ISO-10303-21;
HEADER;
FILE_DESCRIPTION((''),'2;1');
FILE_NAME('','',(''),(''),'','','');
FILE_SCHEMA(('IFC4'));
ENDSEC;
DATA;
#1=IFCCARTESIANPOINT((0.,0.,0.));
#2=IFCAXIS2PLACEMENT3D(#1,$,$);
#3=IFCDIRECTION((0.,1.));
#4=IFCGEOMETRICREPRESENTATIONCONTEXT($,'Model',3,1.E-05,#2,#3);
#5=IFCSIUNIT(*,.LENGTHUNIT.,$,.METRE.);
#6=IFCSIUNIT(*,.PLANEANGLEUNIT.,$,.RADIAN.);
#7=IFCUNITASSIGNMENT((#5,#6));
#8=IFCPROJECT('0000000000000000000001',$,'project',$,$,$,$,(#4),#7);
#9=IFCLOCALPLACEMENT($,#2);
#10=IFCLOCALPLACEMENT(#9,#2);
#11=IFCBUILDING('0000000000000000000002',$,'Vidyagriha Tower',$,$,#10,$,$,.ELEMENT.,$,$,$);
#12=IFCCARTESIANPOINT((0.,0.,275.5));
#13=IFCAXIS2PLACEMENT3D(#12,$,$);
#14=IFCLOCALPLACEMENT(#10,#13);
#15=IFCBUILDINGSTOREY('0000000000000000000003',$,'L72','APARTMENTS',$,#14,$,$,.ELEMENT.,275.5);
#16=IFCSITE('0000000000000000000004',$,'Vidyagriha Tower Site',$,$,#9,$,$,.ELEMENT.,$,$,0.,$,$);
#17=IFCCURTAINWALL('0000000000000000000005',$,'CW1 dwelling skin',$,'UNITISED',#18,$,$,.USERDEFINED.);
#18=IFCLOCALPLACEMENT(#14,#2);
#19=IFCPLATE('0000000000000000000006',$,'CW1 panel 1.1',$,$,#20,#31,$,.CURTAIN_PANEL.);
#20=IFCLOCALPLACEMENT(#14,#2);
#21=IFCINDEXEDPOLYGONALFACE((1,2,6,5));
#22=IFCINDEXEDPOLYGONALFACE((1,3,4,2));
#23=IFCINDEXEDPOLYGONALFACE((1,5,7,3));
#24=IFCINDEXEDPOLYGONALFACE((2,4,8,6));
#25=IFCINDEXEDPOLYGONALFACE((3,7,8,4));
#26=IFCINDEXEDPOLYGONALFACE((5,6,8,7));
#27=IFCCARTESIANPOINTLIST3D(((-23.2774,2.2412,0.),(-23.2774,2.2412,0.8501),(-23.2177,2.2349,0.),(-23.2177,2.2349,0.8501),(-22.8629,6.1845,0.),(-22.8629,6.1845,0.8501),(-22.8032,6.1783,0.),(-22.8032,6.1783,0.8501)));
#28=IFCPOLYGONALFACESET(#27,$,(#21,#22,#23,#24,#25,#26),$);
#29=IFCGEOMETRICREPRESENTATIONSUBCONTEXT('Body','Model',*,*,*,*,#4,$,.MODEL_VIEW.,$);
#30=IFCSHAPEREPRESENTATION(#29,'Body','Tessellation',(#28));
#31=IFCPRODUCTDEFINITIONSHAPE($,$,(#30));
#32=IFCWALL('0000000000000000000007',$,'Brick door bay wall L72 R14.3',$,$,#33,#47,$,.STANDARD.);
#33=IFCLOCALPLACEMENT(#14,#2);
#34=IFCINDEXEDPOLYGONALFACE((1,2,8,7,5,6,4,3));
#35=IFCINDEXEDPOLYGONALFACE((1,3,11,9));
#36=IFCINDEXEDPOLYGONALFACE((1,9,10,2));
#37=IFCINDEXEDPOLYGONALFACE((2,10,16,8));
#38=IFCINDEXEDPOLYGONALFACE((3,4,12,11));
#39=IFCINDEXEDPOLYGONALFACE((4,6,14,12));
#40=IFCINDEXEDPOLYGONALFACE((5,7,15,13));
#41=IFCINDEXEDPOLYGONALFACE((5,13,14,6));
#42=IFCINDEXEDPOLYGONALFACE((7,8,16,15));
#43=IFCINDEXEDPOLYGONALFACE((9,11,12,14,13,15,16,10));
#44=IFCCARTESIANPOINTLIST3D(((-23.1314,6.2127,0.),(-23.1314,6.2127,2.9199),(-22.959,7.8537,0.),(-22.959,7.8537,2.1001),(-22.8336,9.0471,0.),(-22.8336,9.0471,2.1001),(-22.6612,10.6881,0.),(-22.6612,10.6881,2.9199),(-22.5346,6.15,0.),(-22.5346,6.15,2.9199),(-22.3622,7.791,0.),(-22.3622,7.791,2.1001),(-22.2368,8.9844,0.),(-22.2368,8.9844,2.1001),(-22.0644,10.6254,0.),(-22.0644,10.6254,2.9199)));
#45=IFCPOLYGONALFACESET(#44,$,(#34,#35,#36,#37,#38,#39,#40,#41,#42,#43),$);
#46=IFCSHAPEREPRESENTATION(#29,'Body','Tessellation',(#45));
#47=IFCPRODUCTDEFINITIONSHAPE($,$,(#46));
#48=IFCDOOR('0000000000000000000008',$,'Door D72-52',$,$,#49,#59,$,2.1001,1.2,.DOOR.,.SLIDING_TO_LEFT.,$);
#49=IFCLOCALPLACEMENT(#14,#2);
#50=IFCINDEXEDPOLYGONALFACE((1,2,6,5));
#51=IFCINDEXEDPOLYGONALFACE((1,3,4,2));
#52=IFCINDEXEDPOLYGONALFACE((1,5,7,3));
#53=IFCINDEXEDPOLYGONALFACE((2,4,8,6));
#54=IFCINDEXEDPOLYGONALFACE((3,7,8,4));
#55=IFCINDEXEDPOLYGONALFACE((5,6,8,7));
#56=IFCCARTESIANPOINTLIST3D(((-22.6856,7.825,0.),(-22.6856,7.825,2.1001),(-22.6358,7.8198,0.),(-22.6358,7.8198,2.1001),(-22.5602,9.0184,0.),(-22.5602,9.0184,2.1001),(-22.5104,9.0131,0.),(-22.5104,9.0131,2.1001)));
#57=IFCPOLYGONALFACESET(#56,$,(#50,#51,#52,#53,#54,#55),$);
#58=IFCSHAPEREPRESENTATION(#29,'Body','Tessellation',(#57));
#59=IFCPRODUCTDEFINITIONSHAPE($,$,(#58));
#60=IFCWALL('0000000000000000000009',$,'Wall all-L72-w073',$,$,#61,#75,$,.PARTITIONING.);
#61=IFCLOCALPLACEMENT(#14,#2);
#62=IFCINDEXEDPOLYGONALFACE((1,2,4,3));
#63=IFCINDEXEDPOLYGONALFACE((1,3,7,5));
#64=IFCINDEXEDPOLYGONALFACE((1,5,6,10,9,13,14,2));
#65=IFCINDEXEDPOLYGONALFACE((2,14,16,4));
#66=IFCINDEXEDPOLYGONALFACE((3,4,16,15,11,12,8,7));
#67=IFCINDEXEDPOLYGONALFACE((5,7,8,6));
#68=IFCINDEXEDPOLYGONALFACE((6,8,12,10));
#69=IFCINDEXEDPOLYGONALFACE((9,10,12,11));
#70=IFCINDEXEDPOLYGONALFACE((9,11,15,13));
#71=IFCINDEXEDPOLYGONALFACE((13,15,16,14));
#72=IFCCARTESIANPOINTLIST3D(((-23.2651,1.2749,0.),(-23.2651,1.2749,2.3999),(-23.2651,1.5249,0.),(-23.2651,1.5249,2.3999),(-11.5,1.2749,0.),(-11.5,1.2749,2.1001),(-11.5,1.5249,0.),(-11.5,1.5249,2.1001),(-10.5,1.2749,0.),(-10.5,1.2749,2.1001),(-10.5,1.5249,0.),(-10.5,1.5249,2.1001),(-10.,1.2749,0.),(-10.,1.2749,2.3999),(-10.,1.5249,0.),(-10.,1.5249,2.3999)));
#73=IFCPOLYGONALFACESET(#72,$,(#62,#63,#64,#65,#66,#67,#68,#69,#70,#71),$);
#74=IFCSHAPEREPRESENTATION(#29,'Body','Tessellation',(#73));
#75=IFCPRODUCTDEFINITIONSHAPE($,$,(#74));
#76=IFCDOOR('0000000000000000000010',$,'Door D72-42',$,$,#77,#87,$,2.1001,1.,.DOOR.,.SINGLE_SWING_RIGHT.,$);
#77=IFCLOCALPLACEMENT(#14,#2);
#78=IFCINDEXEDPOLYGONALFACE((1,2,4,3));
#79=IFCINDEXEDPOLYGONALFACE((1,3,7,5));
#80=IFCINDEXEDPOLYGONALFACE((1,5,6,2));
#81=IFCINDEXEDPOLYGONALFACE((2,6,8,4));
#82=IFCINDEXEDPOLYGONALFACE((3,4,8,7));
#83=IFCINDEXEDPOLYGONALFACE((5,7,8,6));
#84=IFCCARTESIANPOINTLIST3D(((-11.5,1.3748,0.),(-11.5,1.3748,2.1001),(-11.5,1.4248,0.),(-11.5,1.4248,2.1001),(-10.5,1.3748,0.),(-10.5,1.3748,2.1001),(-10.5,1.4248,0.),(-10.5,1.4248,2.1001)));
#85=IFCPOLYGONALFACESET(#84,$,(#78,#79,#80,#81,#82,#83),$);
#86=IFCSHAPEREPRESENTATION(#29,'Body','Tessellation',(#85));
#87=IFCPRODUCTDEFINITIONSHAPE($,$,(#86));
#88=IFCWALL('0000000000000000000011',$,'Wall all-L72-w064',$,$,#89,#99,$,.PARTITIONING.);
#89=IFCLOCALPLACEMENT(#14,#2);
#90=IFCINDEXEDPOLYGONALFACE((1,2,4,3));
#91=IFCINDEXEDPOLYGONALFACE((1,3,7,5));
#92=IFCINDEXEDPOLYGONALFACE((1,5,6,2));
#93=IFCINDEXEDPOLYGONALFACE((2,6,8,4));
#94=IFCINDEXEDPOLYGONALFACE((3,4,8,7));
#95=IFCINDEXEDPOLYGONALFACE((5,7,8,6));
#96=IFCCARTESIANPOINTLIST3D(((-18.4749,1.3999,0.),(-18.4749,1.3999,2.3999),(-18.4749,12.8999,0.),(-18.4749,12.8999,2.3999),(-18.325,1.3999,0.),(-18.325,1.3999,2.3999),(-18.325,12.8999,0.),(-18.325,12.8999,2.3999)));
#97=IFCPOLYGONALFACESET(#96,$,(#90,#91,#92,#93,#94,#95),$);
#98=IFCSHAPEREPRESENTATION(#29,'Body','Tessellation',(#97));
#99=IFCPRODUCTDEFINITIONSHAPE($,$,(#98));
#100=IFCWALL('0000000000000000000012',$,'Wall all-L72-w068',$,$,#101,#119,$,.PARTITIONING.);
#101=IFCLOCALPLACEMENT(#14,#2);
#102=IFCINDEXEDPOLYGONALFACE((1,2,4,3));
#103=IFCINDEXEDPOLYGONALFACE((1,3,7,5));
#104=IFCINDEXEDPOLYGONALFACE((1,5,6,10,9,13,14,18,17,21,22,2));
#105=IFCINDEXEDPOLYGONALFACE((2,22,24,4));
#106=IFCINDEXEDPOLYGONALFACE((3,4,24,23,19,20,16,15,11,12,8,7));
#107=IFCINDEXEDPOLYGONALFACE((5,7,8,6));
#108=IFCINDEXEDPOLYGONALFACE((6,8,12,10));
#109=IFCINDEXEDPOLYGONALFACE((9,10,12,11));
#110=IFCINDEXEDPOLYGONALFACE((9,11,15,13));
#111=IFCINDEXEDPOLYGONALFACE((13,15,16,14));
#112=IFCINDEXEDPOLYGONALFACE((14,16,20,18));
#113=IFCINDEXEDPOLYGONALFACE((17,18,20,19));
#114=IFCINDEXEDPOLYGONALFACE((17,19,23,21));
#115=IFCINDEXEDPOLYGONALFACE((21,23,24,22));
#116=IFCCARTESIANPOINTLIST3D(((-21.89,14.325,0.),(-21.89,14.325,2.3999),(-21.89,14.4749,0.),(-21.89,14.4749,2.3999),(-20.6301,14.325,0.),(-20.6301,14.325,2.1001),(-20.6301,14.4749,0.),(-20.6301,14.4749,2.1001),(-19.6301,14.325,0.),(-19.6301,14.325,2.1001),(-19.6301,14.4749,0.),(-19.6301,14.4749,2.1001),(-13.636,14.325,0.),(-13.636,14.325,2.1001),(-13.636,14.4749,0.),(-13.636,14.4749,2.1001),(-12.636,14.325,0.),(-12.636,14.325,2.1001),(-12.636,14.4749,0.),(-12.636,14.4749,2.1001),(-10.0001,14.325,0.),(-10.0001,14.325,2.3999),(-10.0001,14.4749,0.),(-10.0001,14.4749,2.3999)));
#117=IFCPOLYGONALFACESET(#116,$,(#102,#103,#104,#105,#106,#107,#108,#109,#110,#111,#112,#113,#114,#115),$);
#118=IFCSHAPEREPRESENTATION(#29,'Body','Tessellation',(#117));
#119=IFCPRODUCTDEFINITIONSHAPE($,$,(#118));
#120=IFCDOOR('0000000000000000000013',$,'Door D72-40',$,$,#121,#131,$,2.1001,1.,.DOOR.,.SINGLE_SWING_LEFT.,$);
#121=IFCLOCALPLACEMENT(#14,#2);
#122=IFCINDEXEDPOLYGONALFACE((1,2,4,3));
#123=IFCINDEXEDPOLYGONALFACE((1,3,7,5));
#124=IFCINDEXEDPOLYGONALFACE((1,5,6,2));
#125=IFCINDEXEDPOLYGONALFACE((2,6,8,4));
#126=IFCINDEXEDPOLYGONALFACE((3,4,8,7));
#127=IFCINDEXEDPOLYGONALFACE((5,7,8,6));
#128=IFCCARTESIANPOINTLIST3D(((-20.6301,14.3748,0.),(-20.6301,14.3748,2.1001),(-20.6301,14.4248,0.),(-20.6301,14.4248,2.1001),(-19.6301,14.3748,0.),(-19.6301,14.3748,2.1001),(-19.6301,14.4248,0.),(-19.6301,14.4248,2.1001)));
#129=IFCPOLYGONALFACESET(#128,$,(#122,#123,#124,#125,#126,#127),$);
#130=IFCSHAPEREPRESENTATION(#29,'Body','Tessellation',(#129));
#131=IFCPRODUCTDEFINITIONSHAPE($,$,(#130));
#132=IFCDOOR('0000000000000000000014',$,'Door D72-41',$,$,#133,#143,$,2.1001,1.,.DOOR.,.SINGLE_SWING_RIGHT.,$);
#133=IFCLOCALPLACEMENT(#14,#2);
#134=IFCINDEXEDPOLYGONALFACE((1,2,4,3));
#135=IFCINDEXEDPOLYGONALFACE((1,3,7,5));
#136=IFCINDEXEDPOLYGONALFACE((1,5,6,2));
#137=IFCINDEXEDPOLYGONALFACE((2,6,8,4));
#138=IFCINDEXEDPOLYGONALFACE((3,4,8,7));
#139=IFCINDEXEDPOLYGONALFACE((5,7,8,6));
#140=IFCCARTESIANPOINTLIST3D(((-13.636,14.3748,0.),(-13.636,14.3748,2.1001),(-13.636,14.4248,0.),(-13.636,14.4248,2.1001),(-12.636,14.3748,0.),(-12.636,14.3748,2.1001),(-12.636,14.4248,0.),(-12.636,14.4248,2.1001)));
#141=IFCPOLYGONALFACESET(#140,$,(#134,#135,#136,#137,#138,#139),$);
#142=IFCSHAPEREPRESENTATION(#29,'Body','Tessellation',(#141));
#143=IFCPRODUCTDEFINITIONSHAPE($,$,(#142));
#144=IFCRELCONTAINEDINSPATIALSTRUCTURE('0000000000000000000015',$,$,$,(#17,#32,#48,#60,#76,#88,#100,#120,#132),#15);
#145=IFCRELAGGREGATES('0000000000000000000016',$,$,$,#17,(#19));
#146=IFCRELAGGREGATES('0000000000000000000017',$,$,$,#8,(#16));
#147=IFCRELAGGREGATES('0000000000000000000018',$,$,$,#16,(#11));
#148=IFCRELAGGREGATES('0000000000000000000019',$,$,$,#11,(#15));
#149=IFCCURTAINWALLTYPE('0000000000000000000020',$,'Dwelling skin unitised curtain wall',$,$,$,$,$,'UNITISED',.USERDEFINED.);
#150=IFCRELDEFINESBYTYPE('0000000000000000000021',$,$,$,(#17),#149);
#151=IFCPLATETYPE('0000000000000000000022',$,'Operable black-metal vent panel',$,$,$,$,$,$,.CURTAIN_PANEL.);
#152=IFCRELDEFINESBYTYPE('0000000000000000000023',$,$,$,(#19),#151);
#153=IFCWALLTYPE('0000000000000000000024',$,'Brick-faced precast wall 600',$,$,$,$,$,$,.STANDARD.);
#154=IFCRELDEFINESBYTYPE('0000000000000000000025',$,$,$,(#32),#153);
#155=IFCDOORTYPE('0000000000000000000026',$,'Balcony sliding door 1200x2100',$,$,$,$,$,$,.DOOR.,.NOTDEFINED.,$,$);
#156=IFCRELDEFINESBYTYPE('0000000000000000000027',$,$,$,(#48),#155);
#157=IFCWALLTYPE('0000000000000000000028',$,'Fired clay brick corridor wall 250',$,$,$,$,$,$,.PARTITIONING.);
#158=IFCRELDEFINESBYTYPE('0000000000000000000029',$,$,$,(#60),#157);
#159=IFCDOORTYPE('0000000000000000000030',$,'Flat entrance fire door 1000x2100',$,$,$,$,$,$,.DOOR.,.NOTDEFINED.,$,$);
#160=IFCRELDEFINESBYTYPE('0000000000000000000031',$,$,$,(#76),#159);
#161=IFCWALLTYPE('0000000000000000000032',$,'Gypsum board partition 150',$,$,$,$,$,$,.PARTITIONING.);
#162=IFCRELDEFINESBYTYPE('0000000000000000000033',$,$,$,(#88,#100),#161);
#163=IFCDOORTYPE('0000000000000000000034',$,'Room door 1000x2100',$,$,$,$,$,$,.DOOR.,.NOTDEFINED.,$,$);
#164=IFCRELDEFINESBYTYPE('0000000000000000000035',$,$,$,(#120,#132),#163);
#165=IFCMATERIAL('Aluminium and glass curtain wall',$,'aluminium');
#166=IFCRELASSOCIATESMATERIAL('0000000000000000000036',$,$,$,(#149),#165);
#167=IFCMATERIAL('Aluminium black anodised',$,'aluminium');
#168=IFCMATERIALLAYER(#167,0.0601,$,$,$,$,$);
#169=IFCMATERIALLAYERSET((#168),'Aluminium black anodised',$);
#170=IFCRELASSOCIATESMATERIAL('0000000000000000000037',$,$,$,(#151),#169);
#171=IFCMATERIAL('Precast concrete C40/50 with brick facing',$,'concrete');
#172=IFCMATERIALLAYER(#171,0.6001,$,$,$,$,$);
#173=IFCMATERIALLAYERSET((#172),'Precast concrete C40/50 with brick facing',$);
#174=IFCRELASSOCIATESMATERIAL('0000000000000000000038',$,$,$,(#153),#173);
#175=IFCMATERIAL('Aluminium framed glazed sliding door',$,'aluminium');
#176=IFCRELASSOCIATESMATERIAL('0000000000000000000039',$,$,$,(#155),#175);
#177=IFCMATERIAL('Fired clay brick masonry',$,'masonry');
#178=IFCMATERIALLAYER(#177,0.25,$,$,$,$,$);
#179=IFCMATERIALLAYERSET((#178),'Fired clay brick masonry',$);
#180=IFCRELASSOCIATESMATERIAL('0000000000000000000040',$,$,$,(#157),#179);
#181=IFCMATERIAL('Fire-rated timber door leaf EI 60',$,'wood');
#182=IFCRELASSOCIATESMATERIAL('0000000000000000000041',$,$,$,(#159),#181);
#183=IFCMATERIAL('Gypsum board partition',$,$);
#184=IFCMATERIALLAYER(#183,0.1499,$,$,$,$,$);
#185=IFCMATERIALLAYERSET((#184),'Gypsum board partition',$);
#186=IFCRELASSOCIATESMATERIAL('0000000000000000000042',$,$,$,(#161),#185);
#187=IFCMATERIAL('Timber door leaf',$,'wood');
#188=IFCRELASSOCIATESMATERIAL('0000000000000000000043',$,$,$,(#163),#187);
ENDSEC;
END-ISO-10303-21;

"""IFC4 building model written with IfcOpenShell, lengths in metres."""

from ifc_helpers import new_model, si_unit, direction, frame, frame_2d, origin, origin_2d, place, context, subcontext, project, spatial, rectangle, extrude, material, layer, layer_set, type_object, element, fill, aggregate, save


model = new_model("IFC4")

# Units and contexts
model_context = context("Model", 3, precision=1e-05, world=origin(), true_north=direction((0.0, 1.0)))
body_context = subcontext(model_context, "Body", "Model", "MODEL_VIEW")
ifc_project = project(units=[si_unit("LENGTHUNIT", "METRE"), si_unit("PLANEANGLEUNIT", "RADIAN")], contexts=[model_context])

# Site, building, storey
site_placement = place(None, origin())
site = spatial("IfcSite", under=ifc_project, at=site_placement, Name="Vidyagriha Tower Site", CompositionType="ELEMENT", RefElevation=0.0)
building_placement = place(site_placement, origin())
building = spatial("IfcBuilding", under=site, at=building_placement, Name="Vidyagriha Tower", CompositionType="ELEMENT")
storey_placement = place(building_placement, frame((0.0, 0.0, 275.5)))
storey = spatial("IfcBuildingStorey", under=building, at=storey_placement, Name="L72", Description="APARTMENTS", CompositionType="ELEMENT", Elevation=275.5)

# Curtain wall
ifc_material_1 = material(Name="Aluminium and glass curtain wall", Category="aluminium")
curtain_wall_type = type_object("IfcCurtainWallType", Name="Dwelling skin unitised curtain wall", ElementType="UNITISED", PredefinedType="USERDEFINED", material=ifc_material_1)
curtain_wall_1_placement = place(storey_placement, origin())
curtain_wall_1 = element("IfcCurtainWall", 1, at=curtain_wall_1_placement, inside=storey, type_object=curtain_wall_type, Name="CW1 dwelling skin", ObjectType="UNITISED", PredefinedType="USERDEFINED")

# Plate
ifc_material_2 = material(Name="Aluminium black anodised", Category="aluminium")
ifc_layer_1 = layer(ifc_material_2, 0.0601)
ifc_layer_set_1 = layer_set([ifc_layer_1], Name="Aluminium black anodised")
plate_type_1 = type_object("IfcPlateType", Name="Operable black-metal vent panel", PredefinedType="CURTAIN_PANEL", material=ifc_layer_set_1)
plate_1_placement = place(storey_placement, frame((-23.0403, 4.2097, 0.0), z_axis=(0.0, 0.0, 1.0), x_axis=(-0.104533, -0.994521, 0.0)))
plate_1 = element("IfcPlate", 2, at=plate_1_placement, type_object=plate_type_1, Name="CW1 panel 1.1", PredefinedType="CURTAIN_PANEL", context=body_context, shape_type="SweptSolid", body=[
    extrude(rectangle(XDim=3.9651, YDim=0.0601, at=origin_2d()), origin(), (0.0, 0.0, 1.0), 0.8501),
])
aggregate(curtain_wall_1, [plate_1])

# Walls, openings, doors
ifc_material_3 = material(Name="Precast concrete C40/50 with brick facing", Category="concrete")
ifc_layer_2 = layer(ifc_material_3, 0.6001)
ifc_layer_set_2 = layer_set([ifc_layer_2], Name="Precast concrete C40/50 with brick facing")
wall_type_1 = type_object("IfcWallType", Name="Brick-faced precast wall 600", PredefinedType="STANDARD", material=ifc_layer_set_2)
wall_1_placement = place(storey_placement, frame((-22.3628, 10.6567, 0.0), z_axis=(0.0, 0.0, 1.0), x_axis=(-0.104493, -0.994526, 0.0)))
wall_1 = element("IfcWall", 3, at=wall_1_placement, inside=storey, type_object=wall_type_1, Name="Brick door bay wall L72 R14.3", PredefinedType="STANDARD", context=body_context, shape_type="SweptSolid", body=[
    extrude(rectangle(XDim=4.5, YDim=0.6001, at=frame_2d((2.25, 0.0))), origin(), (0.0, 0.0, 1.0), 2.9199),
])
opening_1_placement = place(wall_1_placement, frame((1.6499, 0.0, 0.0)))
opening_1 = element("IfcOpeningElement", 4, at=opening_1_placement, cuts=wall_1, PredefinedType="OPENING", context=body_context, shape_type="SweptSolid", body=[
    extrude(rectangle(XDim=1.2, YDim=2.1001, at=frame_2d((0.6001, 1.05))), frame((0.0, 0.3101, 0.0), z_axis=(0.0, -1.0, 0.0), x_axis=(1.0, 0.0, 0.0)), (0.0, 0.0, 1.0), 0.6201),
])
ifc_material_4 = material(Name="Aluminium framed glazed sliding door", Category="aluminium")
door_type_1 = type_object("IfcDoorType", Name="Balcony sliding door 1200x2100", OperationType="NOTDEFINED", PredefinedType="DOOR", material=ifc_material_4)
door_1_placement = place(opening_1_placement, origin())
door_1 = element("IfcDoor", 5, at=door_1_placement, inside=storey, type_object=door_type_1, Name="Door D72-52", OperationType="SLIDING_TO_LEFT", OverallHeight=2.1001, OverallWidth=1.2, PredefinedType="DOOR", context=body_context, shape_type="SweptSolid", body=[
    extrude(rectangle(XDim=1.2, YDim=2.1001, at=frame_2d((0.6001, 1.05))), frame((0.0, 0.0249, 0.0), z_axis=(0.0, -1.0, 0.0), x_axis=(1.0, 0.0, 0.0)), (0.0, 0.0, 1.0), 0.05),
])
fill(opening_1, door_1)
ifc_material_5 = material(Name="Fired clay brick masonry", Category="masonry")
ifc_layer_3 = layer(ifc_material_5, 0.25)
ifc_layer_set_3 = layer_set([ifc_layer_3], Name="Fired clay brick masonry")
wall_type_2 = type_object("IfcWallType", Name="Fired clay brick corridor wall 250", PredefinedType="PARTITIONING", material=ifc_layer_set_3)
wall_2_placement = place(storey_placement, frame((-23.2651, 1.3999, 0.0)))
wall_2 = element("IfcWall", 6, at=wall_2_placement, inside=storey, type_object=wall_type_2, Name="Wall all-L72-w073", PredefinedType="PARTITIONING", context=body_context, shape_type="SweptSolid", body=[
    extrude(rectangle(XDim=13.2651, YDim=0.25, at=frame_2d((6.6326, 0.0))), origin(), (0.0, 0.0, 1.0), 2.3999),
])
opening_2_placement = place(wall_2_placement, frame((11.7651, 0.0, 0.0)))
opening_2 = element("IfcOpeningElement", 7, at=opening_2_placement, cuts=wall_2, PredefinedType="OPENING", context=body_context, shape_type="SweptSolid", body=[
    extrude(rectangle(XDim=1.0, YDim=2.1001, at=frame_2d((0.5, 1.05))), frame((0.0, 0.135, 0.0), z_axis=(0.0, -1.0, 0.0), x_axis=(1.0, 0.0, 0.0)), (0.0, 0.0, 1.0), 0.27),
])
ifc_material_6 = material(Name="Fire-rated timber door leaf EI 60", Category="wood")
door_type_2 = type_object("IfcDoorType", Name="Flat entrance fire door 1000x2100", OperationType="NOTDEFINED", PredefinedType="DOOR", material=ifc_material_6)
door_2_placement = place(opening_2_placement, origin())
door_2 = element("IfcDoor", 8, at=door_2_placement, inside=storey, type_object=door_type_2, Name="Door D72-42", OperationType="SINGLE_SWING_RIGHT", OverallHeight=2.1001, OverallWidth=1.0, PredefinedType="DOOR", context=body_context, shape_type="SweptSolid", body=[
    extrude(rectangle(XDim=1.0, YDim=2.1001, at=frame_2d((0.5, 1.05))), frame((0.0, 0.0249, 0.0), z_axis=(0.0, -1.0, 0.0), x_axis=(1.0, 0.0, 0.0)), (0.0, 0.0, 1.0), 0.05),
])
fill(opening_2, door_2)

# Wall
ifc_material_7 = material(Name="Gypsum board partition")
ifc_layer_4 = layer(ifc_material_7, 0.1499)
ifc_layer_set_4 = layer_set([ifc_layer_4], Name="Gypsum board partition")
wall_type_3 = type_object("IfcWallType", Name="Gypsum board partition 150", PredefinedType="PARTITIONING", material=ifc_layer_set_4)
wall_3_placement = place(storey_placement, frame((-18.3999, 1.3999, 0.0), z_axis=(0.0, 0.0, 1.0), x_axis=(0.0, 1.0, 0.0)))
element("IfcWall", 9, at=wall_3_placement, inside=storey, type_object=wall_type_3, Name="Wall all-L72-w064", PredefinedType="PARTITIONING", context=body_context, shape_type="SweptSolid", body=[
    extrude(rectangle(XDim=11.5, YDim=0.1499, at=frame_2d((5.75, 0.0))), origin(), (0.0, 0.0, 1.0), 2.3999),
])

# Wall, openings, doors
wall_4_placement = place(storey_placement, frame((-21.8899, 14.3999, 0.0)))
wall_4 = element("IfcWall", 10, at=wall_4_placement, inside=storey, type_object=wall_type_3, Name="Wall all-L72-w068", PredefinedType="PARTITIONING", context=body_context, shape_type="SweptSolid", body=[
    extrude(rectangle(XDim=11.8899, YDim=0.1499, at=frame_2d((5.9448, 0.0))), origin(), (0.0, 0.0, 1.0), 2.3999),
])
opening_3_placement = place(wall_4_placement, frame((1.2598, 0.0, 0.0)))
opening_3 = element("IfcOpeningElement", 11, at=opening_3_placement, cuts=wall_4, PredefinedType="OPENING", context=body_context, shape_type="SweptSolid", body=[
    extrude(rectangle(XDim=1.0, YDim=2.1001, at=frame_2d((0.5, 1.05))), frame((0.0, 0.085, 0.0), z_axis=(0.0, -1.0, 0.0), x_axis=(1.0, 0.0, 0.0)), (0.0, 0.0, 1.0), 0.1699),
])
opening_4_placement = place(wall_4_placement, frame((8.2539, 0.0, 0.0)))
opening_4 = element("IfcOpeningElement", 12, at=opening_4_placement, cuts=wall_4, PredefinedType="OPENING", context=body_context, shape_type="SweptSolid", body=[
    extrude(rectangle(XDim=1.0, YDim=2.1001, at=frame_2d((0.5, 1.05))), frame((0.0, 0.085, 0.0), z_axis=(0.0, -1.0, 0.0), x_axis=(1.0, 0.0, 0.0)), (0.0, 0.0, 1.0), 0.1699),
])
ifc_material_8 = material(Name="Timber door leaf", Category="wood")
door_type_3 = type_object("IfcDoorType", Name="Room door 1000x2100", OperationType="NOTDEFINED", PredefinedType="DOOR", material=ifc_material_8)
door_3_placement = place(opening_3_placement, origin())
door_3 = element("IfcDoor", 13, at=door_3_placement, inside=storey, type_object=door_type_3, Name="Door D72-40", OperationType="SINGLE_SWING_LEFT", OverallHeight=2.1001, OverallWidth=1.0, PredefinedType="DOOR", context=body_context, shape_type="SweptSolid", body=[
    extrude(rectangle(XDim=1.0, YDim=2.1001, at=frame_2d((0.5, 1.05))), frame((0.0, 0.0249, 0.0), z_axis=(0.0, -1.0, 0.0), x_axis=(1.0, 0.0, 0.0)), (0.0, 0.0, 1.0), 0.05),
])
fill(opening_3, door_3)
door_4_placement = place(opening_4_placement, origin())
door_4 = element("IfcDoor", 14, at=door_4_placement, inside=storey, type_object=door_type_3, Name="Door D72-41", OperationType="SINGLE_SWING_RIGHT", OverallHeight=2.1001, OverallWidth=1.0, PredefinedType="DOOR", context=body_context, shape_type="SweptSolid", body=[
    extrude(rectangle(XDim=1.0, YDim=2.1001, at=frame_2d((0.5, 1.05))), frame((0.0, 0.0249, 0.0), z_axis=(0.0, -1.0, 0.0), x_axis=(1.0, 0.0, 0.0)), (0.0, 0.0, 1.0), 0.05),
])
fill(opening_4, door_4)

save(model, "model.ifc")
